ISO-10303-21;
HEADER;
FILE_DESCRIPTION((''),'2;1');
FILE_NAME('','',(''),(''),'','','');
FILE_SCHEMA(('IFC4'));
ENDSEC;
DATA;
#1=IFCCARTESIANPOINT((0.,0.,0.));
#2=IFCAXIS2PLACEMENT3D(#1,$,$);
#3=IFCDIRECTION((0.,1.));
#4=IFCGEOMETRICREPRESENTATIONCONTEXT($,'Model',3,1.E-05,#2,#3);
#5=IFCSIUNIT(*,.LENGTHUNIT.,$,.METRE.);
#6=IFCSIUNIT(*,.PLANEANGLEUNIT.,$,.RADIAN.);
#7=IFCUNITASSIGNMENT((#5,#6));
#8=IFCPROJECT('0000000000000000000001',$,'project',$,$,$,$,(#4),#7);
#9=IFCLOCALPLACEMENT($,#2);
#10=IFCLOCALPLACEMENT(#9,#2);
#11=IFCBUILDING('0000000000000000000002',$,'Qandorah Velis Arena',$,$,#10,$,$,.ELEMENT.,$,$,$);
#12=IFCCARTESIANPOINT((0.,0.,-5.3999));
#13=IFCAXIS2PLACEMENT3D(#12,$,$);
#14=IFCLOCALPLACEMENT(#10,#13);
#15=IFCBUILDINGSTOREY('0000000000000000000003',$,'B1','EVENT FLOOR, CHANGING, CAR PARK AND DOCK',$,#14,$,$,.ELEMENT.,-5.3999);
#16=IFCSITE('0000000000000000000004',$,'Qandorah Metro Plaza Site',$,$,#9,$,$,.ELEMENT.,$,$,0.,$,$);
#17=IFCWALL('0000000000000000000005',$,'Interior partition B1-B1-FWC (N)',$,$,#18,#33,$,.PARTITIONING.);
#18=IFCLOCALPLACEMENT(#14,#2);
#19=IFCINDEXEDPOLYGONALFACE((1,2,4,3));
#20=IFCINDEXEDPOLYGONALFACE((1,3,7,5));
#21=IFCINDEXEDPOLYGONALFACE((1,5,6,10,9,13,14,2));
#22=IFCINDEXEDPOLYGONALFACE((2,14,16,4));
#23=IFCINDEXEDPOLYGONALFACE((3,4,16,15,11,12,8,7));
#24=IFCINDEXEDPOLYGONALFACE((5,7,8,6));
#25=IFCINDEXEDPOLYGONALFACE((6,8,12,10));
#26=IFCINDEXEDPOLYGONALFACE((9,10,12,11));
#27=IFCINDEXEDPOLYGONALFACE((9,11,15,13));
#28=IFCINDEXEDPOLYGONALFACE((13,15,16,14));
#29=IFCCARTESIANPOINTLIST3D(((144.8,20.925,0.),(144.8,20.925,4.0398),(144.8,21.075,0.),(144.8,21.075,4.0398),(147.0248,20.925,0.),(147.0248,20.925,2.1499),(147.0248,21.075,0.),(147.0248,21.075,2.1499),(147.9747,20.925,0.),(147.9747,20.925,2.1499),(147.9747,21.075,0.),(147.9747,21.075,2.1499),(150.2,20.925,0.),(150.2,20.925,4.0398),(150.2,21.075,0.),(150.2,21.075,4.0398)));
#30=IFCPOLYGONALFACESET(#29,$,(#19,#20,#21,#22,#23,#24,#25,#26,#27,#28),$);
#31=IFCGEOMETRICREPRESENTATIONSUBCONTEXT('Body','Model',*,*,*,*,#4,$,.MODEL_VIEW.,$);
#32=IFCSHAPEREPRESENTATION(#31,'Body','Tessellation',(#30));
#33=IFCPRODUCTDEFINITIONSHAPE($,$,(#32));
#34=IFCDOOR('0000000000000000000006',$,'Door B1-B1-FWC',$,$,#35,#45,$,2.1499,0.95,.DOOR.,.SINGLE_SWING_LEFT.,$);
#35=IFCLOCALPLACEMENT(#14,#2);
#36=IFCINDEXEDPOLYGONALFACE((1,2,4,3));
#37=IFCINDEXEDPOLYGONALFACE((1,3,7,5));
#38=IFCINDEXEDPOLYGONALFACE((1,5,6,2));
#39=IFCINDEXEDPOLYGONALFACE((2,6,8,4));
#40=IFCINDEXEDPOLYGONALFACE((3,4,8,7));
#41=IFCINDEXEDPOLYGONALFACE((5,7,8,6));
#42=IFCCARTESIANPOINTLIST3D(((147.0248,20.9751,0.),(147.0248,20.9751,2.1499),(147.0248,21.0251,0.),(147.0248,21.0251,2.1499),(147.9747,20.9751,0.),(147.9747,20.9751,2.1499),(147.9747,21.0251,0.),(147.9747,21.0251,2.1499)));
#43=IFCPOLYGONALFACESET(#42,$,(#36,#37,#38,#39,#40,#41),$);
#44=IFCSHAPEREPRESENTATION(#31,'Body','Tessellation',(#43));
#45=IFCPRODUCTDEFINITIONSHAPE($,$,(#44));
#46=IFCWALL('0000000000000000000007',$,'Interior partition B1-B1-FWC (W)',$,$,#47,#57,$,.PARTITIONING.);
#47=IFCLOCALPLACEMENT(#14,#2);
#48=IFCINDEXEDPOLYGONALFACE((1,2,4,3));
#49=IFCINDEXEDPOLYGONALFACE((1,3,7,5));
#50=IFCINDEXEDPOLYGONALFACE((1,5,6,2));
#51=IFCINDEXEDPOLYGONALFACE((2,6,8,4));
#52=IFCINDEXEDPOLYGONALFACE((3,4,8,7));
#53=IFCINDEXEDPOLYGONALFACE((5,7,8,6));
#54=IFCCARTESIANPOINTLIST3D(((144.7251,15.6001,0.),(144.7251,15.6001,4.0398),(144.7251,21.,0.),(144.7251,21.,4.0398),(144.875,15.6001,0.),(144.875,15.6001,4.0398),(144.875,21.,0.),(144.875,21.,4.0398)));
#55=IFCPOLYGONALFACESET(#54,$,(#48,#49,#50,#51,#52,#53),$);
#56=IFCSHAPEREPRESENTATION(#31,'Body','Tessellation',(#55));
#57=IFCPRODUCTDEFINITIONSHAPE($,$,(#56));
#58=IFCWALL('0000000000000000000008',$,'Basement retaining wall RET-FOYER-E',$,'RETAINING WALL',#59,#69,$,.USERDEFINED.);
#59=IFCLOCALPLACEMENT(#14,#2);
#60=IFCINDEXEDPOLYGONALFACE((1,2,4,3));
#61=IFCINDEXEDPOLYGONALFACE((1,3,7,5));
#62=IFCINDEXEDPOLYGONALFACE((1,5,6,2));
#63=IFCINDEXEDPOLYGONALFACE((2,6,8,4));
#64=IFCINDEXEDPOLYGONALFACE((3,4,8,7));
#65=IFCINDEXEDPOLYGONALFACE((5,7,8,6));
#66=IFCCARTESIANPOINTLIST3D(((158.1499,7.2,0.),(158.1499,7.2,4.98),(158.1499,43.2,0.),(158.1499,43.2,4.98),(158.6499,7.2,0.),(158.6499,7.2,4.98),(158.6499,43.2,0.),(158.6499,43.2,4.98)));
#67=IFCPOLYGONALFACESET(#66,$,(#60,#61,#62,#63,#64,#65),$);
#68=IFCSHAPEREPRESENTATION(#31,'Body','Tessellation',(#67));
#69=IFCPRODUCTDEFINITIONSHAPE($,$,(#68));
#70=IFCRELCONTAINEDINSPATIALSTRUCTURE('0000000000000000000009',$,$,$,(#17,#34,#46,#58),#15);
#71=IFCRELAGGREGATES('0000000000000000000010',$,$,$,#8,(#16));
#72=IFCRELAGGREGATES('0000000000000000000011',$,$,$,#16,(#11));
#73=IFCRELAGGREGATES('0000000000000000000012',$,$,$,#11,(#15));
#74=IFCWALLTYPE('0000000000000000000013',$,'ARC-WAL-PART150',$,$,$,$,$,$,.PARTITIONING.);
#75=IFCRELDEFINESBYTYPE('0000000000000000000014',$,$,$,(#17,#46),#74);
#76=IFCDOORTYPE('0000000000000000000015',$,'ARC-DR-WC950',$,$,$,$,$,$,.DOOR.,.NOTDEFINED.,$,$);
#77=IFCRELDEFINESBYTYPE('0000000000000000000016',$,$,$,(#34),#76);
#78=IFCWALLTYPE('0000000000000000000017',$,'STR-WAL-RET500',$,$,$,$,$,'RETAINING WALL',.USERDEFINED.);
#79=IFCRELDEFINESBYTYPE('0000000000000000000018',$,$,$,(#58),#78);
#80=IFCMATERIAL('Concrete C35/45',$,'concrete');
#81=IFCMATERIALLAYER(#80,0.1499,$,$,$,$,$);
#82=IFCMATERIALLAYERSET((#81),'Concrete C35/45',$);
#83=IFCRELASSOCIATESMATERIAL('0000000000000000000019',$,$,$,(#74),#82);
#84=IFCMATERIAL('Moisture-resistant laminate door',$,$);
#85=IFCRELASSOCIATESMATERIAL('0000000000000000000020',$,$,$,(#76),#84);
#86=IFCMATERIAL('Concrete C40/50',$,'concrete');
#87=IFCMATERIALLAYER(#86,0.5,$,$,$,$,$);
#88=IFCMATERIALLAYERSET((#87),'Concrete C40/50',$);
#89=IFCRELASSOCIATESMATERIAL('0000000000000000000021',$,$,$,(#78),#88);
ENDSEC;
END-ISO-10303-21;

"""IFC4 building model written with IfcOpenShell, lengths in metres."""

from ifc_helpers import new_model, si_unit, direction, frame, frame_2d, origin, place, context, subcontext, project, spatial, rectangle, extrude, material, layer, layer_set, type_object, element, fill, save


model = new_model("IFC4")

# Units and contexts
model_context = context("Model", 3, precision=1e-05, world=origin(), true_north=direction((0.0, 1.0)))
body_context = subcontext(model_context, "Body", "Model", "MODEL_VIEW")
ifc_project = project(units=[si_unit("LENGTHUNIT", "METRE"), si_unit("PLANEANGLEUNIT", "RADIAN")], contexts=[model_context])

# Site, building, storey
site_placement = place(None, origin())
site = spatial("IfcSite", under=ifc_project, at=site_placement, Name="Qandorah Metro Plaza Site", CompositionType="ELEMENT", RefElevation=0.0)
building_placement = place(site_placement, origin())
building = spatial("IfcBuilding", under=site, at=building_placement, Name="Qandorah Velis Arena", CompositionType="ELEMENT")
storey_placement = place(building_placement, frame((0.0, 0.0, -5.3999)))
storey = spatial("IfcBuildingStorey", under=building, at=storey_placement, Name="B1", Description="EVENT FLOOR, CHANGING, CAR PARK AND DOCK", CompositionType="ELEMENT", Elevation=-5.3999)

# Shared definitions
ifc_material_1 = material(Name="Concrete C40/50", Category="concrete")

# Shared definitions
ifc_material_2 = material(Name="Concrete C35/45", Category="concrete")
ifc_layer_1 = layer(ifc_material_2, 0.1499)
ifc_layer_set_1 = layer_set([ifc_layer_1], Name="Concrete C35/45")
wall_type_1 = type_object("IfcWallType", Name="ARC-WAL-PART150", PredefinedType="PARTITIONING", material=ifc_layer_set_1)

# Wall, opening, door
wall_1_placement = place(storey_placement, frame((150.2, 21.0, 0.0), z_axis=(0.0, 0.0, 1.0), x_axis=(-1.0, 0.0, 0.0)))
wall_1 = element("IfcWall", 1, at=wall_1_placement, inside=storey, type_object=wall_type_1, Name="Interior partition B1-B1-FWC (N)", PredefinedType="PARTITIONING", context=body_context, shape_type="SweptSolid", body=[
    extrude(rectangle(XDim=5.3999, YDim=0.1499, at=frame_2d((2.7, 0.0))), origin(), (0.0, 0.0, 1.0), 4.0398),
])
opening_placement = place(wall_1_placement, frame((2.2251, 0.0, 0.0)))
opening = element("IfcOpeningElement", 2, at=opening_placement, cuts=wall_1, PredefinedType="OPENING", context=body_context, shape_type="SweptSolid", body=[
    extrude(rectangle(XDim=0.95, YDim=2.1499, at=frame_2d((0.4751, 1.075))), frame((0.0, 0.085, 0.0), z_axis=(0.0, -1.0, 0.0), x_axis=(1.0, 0.0, 0.0)), (0.0, 0.0, 1.0), 0.1699),
])
ifc_material_3 = material(Name="Moisture-resistant laminate door")
door_type = type_object("IfcDoorType", Name="ARC-DR-WC950", OperationType="NOTDEFINED", PredefinedType="DOOR", material=ifc_material_3)
door_placement = place(opening_placement, origin())
door = element("IfcDoor", 3, at=door_placement, inside=storey, type_object=door_type, Name="Door B1-B1-FWC", OperationType="SINGLE_SWING_LEFT", OverallHeight=2.1499, OverallWidth=0.95, PredefinedType="DOOR", context=body_context, shape_type="SweptSolid", body=[
    extrude(rectangle(XDim=0.95, YDim=2.1499, at=frame_2d((0.4751, 1.075))), frame((0.0, 0.0249, 0.0), z_axis=(0.0, -1.0, 0.0), x_axis=(1.0, 0.0, 0.0)), (0.0, 0.0, 1.0), 0.05),
])
fill(opening, door)

# Walls
wall_2_placement = place(storey_placement, frame((144.8, 21.0, 0.0), z_axis=(0.0, 0.0, 1.0), x_axis=(0.0, -1.0, 0.0)))
element("IfcWall", 4, at=wall_2_placement, inside=storey, type_object=wall_type_1, Name="Interior partition B1-B1-FWC (W)", PredefinedType="PARTITIONING", context=body_context, shape_type="SweptSolid", body=[
    extrude(rectangle(XDim=5.3999, YDim=0.1499, at=frame_2d((2.7, 0.0))), origin(), (0.0, 0.0, 1.0), 4.0398),
])
ifc_layer_2 = layer(ifc_material_1, 0.5)
ifc_layer_set_2 = layer_set([ifc_layer_2], Name="Concrete C40/50")
wall_type_2 = type_object("IfcWallType", Name="STR-WAL-RET500", ElementType="RETAINING WALL", PredefinedType="USERDEFINED", material=ifc_layer_set_2)
wall_3_placement = place(storey_placement, frame((158.3999, 7.2, 0.0), z_axis=(0.0, 0.0, 1.0), x_axis=(0.0, 1.0, 0.0)))
element("IfcWall", 5, at=wall_3_placement, inside=storey, type_object=wall_type_2, Name="Basement retaining wall RET-FOYER-E", ObjectType="RETAINING WALL", PredefinedType="USERDEFINED", context=body_context, shape_type="SweptSolid", body=[
    extrude(rectangle(XDim=36.0, YDim=0.5, at=frame_2d((18.0, 0.0))), origin(), (0.0, 0.0, 1.0), 4.98),
])

save(model, "model.ifc")
